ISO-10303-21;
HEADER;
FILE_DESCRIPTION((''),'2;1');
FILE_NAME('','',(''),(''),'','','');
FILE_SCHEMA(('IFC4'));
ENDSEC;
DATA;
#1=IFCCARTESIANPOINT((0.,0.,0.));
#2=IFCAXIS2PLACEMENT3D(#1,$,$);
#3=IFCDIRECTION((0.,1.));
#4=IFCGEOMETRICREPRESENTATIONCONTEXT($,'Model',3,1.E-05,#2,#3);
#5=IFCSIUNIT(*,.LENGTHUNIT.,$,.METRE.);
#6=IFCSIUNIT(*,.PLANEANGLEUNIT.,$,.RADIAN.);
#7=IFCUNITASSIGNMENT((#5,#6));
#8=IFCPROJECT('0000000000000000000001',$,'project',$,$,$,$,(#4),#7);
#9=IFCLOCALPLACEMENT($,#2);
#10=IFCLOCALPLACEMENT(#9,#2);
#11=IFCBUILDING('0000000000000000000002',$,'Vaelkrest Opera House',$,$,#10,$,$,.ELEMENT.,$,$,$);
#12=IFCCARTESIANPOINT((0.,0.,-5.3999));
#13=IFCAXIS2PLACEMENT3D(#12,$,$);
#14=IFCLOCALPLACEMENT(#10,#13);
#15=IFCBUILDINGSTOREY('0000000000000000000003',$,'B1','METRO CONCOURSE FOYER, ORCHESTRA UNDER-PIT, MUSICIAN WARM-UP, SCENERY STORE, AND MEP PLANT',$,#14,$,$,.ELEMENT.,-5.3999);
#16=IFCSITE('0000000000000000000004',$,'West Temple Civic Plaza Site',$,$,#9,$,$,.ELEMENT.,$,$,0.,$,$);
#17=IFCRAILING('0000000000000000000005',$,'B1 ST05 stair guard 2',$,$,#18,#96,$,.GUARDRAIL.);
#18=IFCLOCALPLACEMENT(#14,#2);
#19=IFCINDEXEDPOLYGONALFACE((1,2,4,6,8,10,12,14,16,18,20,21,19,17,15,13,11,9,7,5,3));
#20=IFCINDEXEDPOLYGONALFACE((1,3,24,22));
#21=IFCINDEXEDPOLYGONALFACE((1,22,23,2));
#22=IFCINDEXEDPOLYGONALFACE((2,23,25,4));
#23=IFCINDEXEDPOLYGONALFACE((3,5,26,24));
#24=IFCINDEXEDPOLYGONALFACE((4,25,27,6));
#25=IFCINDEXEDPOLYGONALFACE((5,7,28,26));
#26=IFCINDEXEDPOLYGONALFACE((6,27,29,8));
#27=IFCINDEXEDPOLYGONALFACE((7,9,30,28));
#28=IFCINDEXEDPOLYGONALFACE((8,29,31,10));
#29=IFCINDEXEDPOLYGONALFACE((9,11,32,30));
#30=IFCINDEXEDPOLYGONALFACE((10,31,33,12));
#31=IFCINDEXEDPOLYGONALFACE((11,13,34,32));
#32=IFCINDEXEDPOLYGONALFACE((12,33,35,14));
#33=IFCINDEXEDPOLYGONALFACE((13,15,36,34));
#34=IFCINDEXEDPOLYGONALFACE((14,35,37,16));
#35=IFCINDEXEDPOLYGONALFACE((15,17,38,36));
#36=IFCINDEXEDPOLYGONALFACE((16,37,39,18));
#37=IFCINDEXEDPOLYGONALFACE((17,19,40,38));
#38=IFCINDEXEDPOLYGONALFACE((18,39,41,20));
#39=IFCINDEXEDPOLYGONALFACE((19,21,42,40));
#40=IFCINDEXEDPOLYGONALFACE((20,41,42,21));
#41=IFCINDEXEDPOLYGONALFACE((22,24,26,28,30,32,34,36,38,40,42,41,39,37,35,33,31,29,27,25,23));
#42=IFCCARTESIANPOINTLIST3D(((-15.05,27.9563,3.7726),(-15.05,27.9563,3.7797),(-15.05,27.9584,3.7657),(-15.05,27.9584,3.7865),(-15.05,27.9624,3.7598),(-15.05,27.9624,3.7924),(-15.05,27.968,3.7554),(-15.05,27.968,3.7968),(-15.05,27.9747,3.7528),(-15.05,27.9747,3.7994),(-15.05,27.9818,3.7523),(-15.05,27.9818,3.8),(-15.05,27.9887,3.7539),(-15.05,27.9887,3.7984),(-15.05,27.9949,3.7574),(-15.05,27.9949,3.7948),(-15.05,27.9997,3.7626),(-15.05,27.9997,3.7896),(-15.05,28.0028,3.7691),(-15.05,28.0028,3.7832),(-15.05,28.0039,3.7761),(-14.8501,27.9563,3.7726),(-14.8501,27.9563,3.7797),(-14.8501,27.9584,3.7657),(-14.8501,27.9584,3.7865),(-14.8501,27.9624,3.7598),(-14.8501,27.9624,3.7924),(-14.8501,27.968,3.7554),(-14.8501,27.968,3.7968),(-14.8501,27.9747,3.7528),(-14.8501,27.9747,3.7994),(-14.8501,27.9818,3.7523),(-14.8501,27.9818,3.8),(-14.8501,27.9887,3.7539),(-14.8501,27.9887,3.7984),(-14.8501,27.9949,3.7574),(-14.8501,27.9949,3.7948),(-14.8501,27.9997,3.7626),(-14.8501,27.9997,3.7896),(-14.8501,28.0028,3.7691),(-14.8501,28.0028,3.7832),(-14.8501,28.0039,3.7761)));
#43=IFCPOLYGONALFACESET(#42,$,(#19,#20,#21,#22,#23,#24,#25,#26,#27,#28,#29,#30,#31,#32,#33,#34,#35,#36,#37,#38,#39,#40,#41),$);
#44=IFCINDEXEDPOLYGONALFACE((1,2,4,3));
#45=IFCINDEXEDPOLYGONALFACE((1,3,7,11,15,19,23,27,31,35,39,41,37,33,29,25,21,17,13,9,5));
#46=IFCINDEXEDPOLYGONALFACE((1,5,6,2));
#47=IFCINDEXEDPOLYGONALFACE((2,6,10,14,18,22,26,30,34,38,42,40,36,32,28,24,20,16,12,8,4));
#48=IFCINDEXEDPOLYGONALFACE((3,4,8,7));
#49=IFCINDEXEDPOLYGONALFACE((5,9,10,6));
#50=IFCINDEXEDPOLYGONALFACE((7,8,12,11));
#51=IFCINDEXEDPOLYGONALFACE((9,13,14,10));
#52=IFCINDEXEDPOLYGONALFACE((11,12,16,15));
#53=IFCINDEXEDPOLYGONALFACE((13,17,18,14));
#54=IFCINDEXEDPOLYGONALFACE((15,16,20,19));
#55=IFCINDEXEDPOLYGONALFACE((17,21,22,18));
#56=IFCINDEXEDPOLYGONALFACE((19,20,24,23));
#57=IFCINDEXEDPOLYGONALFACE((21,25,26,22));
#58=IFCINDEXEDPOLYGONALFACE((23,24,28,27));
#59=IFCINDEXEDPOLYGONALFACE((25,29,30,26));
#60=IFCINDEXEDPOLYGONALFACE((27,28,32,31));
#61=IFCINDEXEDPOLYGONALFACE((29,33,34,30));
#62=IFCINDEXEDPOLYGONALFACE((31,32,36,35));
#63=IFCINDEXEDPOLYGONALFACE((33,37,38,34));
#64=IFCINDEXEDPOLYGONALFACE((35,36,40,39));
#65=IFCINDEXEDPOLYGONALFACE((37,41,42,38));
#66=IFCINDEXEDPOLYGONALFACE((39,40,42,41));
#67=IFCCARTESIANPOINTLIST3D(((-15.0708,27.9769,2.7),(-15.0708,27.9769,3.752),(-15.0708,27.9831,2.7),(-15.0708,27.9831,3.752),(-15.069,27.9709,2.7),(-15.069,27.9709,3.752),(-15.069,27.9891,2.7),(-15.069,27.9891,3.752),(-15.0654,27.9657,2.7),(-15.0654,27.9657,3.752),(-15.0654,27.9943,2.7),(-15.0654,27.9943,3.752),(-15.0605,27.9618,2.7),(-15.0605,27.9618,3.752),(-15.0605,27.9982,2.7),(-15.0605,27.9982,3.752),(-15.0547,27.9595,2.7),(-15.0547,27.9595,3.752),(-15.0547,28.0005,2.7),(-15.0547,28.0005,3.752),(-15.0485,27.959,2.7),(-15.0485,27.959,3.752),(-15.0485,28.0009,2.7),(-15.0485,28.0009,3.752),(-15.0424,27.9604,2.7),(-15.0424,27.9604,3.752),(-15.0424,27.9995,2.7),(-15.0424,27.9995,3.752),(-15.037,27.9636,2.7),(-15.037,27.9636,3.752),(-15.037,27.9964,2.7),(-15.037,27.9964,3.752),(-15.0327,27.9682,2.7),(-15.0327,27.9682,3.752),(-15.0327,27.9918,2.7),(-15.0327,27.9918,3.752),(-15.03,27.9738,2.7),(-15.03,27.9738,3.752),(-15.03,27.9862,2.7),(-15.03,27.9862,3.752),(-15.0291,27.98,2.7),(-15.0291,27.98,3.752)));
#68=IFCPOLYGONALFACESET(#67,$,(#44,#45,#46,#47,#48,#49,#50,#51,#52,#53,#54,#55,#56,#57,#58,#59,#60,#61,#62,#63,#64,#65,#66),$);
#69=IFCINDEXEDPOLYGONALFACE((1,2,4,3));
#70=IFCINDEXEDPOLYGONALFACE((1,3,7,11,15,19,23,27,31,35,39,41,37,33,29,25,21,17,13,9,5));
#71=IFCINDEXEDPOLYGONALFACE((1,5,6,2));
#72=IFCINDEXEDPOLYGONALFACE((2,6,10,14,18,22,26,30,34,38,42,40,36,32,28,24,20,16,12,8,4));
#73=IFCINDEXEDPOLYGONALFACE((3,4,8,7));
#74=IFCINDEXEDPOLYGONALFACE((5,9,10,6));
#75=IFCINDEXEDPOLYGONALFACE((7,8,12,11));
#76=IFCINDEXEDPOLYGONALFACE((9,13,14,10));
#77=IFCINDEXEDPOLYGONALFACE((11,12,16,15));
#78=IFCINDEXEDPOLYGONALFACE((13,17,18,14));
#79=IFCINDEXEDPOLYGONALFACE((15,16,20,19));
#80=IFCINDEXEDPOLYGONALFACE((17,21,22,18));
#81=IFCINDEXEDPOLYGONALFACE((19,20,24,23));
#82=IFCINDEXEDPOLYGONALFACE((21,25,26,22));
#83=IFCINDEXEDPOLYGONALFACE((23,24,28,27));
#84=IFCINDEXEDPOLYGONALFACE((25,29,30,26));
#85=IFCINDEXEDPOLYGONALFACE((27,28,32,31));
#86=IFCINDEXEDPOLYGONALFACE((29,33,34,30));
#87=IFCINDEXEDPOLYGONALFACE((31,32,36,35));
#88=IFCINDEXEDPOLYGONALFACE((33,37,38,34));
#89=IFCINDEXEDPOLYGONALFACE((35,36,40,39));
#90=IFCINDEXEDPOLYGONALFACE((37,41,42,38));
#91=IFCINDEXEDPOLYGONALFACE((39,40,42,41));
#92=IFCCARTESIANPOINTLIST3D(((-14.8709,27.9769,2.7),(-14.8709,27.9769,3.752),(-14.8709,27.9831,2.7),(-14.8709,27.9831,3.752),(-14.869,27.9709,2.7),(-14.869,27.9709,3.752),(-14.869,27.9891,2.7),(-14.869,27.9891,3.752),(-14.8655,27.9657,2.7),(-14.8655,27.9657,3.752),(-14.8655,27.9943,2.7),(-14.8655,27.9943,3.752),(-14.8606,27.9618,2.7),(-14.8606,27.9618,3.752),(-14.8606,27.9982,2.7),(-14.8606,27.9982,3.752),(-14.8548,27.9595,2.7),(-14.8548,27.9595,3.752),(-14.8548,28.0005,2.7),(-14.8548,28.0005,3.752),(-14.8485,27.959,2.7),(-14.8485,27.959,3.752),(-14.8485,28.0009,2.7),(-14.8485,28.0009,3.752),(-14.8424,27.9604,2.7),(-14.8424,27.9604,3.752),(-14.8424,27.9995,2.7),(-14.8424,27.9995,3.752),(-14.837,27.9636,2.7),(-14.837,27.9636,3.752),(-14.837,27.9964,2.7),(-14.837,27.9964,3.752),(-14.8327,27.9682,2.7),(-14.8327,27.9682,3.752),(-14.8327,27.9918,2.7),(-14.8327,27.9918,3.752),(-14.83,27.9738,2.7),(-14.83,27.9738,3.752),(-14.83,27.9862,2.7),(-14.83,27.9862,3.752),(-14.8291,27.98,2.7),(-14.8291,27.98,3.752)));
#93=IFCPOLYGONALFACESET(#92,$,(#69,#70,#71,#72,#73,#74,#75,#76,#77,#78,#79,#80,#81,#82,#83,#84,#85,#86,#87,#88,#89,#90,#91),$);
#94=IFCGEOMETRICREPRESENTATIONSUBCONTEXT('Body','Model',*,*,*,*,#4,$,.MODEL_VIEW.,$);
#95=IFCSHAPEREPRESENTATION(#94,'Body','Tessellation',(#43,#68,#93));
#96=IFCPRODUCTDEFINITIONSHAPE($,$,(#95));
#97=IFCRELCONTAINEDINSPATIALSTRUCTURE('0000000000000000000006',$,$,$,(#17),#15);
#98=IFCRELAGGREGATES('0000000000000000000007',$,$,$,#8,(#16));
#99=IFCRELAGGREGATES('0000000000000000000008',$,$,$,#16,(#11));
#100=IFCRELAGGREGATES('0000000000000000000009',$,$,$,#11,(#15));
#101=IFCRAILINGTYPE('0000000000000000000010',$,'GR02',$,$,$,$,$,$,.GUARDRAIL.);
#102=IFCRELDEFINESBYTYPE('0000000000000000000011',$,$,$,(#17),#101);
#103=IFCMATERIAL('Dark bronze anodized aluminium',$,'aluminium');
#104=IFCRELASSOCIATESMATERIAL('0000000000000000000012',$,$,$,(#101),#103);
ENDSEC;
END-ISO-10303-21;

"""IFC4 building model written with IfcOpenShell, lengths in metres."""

from ifc_helpers import new_model, si_unit, direction, frame, origin, origin_2d, place, context, subcontext, project, spatial, circle, extrude, material, type_object, element, save


model = new_model("IFC4")

# Units and contexts
model_context = context("Model", 3, precision=1e-05, world=origin(), true_north=direction((0.0, 1.0)))
body_context = subcontext(model_context, "Body", "Model", "MODEL_VIEW")
ifc_project = project(units=[si_unit("LENGTHUNIT", "METRE"), si_unit("PLANEANGLEUNIT", "RADIAN")], contexts=[model_context])

# Site, building, storey
site_placement = place(None, origin())
site = spatial("IfcSite", under=ifc_project, at=site_placement, Name="West Temple Civic Plaza Site", CompositionType="ELEMENT", RefElevation=0.0)
building_placement = place(site_placement, origin())
building = spatial("IfcBuilding", under=site, at=building_placement, Name="Vaelkrest Opera House", CompositionType="ELEMENT")
storey_placement = place(building_placement, frame((0.0, 0.0, -5.3999)))
storey = spatial("IfcBuildingStorey", under=building, at=storey_placement, Name="B1", Description="METRO CONCOURSE FOYER, ORCHESTRA UNDER-PIT, MUSICIAN WARM-UP, SCENERY STORE, AND MEP PLANT", CompositionType="ELEMENT", Elevation=-5.3999)

# Railing
ifc_material_1 = material(Name="Dark bronze anodized aluminium", Category="aluminium")
railing_type_1 = type_object("IfcRailingType", Name="GR02", PredefinedType="GUARDRAIL", material=ifc_material_1)
railing_1_placement = place(storey_placement, frame((-15.05, 27.98, 2.7)))
element("IfcRailing", 1, at=railing_1_placement, inside=storey, type_object=railing_type_1, Name="B1 ST05 stair guard 2", PredefinedType="GUARDRAIL", context=body_context, shape_type="SweptSolid", body=[
    extrude(circle(Radius=0.0239, at=origin_2d()), frame((0.0, 0.0, 1.0762), z_axis=(1.0, 0.0, 0.0), x_axis=(0.0, 1.0, 0.0)), (0.0, 0.0, 1.0), 0.2),
    extrude(circle(Radius=0.021, at=origin_2d()), origin(), (0.0, 0.0, 1.0), 1.052),
    extrude(circle(Radius=0.021, at=origin_2d()), frame((0.2, 0.0, 0.0)), (0.0, 0.0, 1.0), 1.052),
])

save(model, "model.ifc")
